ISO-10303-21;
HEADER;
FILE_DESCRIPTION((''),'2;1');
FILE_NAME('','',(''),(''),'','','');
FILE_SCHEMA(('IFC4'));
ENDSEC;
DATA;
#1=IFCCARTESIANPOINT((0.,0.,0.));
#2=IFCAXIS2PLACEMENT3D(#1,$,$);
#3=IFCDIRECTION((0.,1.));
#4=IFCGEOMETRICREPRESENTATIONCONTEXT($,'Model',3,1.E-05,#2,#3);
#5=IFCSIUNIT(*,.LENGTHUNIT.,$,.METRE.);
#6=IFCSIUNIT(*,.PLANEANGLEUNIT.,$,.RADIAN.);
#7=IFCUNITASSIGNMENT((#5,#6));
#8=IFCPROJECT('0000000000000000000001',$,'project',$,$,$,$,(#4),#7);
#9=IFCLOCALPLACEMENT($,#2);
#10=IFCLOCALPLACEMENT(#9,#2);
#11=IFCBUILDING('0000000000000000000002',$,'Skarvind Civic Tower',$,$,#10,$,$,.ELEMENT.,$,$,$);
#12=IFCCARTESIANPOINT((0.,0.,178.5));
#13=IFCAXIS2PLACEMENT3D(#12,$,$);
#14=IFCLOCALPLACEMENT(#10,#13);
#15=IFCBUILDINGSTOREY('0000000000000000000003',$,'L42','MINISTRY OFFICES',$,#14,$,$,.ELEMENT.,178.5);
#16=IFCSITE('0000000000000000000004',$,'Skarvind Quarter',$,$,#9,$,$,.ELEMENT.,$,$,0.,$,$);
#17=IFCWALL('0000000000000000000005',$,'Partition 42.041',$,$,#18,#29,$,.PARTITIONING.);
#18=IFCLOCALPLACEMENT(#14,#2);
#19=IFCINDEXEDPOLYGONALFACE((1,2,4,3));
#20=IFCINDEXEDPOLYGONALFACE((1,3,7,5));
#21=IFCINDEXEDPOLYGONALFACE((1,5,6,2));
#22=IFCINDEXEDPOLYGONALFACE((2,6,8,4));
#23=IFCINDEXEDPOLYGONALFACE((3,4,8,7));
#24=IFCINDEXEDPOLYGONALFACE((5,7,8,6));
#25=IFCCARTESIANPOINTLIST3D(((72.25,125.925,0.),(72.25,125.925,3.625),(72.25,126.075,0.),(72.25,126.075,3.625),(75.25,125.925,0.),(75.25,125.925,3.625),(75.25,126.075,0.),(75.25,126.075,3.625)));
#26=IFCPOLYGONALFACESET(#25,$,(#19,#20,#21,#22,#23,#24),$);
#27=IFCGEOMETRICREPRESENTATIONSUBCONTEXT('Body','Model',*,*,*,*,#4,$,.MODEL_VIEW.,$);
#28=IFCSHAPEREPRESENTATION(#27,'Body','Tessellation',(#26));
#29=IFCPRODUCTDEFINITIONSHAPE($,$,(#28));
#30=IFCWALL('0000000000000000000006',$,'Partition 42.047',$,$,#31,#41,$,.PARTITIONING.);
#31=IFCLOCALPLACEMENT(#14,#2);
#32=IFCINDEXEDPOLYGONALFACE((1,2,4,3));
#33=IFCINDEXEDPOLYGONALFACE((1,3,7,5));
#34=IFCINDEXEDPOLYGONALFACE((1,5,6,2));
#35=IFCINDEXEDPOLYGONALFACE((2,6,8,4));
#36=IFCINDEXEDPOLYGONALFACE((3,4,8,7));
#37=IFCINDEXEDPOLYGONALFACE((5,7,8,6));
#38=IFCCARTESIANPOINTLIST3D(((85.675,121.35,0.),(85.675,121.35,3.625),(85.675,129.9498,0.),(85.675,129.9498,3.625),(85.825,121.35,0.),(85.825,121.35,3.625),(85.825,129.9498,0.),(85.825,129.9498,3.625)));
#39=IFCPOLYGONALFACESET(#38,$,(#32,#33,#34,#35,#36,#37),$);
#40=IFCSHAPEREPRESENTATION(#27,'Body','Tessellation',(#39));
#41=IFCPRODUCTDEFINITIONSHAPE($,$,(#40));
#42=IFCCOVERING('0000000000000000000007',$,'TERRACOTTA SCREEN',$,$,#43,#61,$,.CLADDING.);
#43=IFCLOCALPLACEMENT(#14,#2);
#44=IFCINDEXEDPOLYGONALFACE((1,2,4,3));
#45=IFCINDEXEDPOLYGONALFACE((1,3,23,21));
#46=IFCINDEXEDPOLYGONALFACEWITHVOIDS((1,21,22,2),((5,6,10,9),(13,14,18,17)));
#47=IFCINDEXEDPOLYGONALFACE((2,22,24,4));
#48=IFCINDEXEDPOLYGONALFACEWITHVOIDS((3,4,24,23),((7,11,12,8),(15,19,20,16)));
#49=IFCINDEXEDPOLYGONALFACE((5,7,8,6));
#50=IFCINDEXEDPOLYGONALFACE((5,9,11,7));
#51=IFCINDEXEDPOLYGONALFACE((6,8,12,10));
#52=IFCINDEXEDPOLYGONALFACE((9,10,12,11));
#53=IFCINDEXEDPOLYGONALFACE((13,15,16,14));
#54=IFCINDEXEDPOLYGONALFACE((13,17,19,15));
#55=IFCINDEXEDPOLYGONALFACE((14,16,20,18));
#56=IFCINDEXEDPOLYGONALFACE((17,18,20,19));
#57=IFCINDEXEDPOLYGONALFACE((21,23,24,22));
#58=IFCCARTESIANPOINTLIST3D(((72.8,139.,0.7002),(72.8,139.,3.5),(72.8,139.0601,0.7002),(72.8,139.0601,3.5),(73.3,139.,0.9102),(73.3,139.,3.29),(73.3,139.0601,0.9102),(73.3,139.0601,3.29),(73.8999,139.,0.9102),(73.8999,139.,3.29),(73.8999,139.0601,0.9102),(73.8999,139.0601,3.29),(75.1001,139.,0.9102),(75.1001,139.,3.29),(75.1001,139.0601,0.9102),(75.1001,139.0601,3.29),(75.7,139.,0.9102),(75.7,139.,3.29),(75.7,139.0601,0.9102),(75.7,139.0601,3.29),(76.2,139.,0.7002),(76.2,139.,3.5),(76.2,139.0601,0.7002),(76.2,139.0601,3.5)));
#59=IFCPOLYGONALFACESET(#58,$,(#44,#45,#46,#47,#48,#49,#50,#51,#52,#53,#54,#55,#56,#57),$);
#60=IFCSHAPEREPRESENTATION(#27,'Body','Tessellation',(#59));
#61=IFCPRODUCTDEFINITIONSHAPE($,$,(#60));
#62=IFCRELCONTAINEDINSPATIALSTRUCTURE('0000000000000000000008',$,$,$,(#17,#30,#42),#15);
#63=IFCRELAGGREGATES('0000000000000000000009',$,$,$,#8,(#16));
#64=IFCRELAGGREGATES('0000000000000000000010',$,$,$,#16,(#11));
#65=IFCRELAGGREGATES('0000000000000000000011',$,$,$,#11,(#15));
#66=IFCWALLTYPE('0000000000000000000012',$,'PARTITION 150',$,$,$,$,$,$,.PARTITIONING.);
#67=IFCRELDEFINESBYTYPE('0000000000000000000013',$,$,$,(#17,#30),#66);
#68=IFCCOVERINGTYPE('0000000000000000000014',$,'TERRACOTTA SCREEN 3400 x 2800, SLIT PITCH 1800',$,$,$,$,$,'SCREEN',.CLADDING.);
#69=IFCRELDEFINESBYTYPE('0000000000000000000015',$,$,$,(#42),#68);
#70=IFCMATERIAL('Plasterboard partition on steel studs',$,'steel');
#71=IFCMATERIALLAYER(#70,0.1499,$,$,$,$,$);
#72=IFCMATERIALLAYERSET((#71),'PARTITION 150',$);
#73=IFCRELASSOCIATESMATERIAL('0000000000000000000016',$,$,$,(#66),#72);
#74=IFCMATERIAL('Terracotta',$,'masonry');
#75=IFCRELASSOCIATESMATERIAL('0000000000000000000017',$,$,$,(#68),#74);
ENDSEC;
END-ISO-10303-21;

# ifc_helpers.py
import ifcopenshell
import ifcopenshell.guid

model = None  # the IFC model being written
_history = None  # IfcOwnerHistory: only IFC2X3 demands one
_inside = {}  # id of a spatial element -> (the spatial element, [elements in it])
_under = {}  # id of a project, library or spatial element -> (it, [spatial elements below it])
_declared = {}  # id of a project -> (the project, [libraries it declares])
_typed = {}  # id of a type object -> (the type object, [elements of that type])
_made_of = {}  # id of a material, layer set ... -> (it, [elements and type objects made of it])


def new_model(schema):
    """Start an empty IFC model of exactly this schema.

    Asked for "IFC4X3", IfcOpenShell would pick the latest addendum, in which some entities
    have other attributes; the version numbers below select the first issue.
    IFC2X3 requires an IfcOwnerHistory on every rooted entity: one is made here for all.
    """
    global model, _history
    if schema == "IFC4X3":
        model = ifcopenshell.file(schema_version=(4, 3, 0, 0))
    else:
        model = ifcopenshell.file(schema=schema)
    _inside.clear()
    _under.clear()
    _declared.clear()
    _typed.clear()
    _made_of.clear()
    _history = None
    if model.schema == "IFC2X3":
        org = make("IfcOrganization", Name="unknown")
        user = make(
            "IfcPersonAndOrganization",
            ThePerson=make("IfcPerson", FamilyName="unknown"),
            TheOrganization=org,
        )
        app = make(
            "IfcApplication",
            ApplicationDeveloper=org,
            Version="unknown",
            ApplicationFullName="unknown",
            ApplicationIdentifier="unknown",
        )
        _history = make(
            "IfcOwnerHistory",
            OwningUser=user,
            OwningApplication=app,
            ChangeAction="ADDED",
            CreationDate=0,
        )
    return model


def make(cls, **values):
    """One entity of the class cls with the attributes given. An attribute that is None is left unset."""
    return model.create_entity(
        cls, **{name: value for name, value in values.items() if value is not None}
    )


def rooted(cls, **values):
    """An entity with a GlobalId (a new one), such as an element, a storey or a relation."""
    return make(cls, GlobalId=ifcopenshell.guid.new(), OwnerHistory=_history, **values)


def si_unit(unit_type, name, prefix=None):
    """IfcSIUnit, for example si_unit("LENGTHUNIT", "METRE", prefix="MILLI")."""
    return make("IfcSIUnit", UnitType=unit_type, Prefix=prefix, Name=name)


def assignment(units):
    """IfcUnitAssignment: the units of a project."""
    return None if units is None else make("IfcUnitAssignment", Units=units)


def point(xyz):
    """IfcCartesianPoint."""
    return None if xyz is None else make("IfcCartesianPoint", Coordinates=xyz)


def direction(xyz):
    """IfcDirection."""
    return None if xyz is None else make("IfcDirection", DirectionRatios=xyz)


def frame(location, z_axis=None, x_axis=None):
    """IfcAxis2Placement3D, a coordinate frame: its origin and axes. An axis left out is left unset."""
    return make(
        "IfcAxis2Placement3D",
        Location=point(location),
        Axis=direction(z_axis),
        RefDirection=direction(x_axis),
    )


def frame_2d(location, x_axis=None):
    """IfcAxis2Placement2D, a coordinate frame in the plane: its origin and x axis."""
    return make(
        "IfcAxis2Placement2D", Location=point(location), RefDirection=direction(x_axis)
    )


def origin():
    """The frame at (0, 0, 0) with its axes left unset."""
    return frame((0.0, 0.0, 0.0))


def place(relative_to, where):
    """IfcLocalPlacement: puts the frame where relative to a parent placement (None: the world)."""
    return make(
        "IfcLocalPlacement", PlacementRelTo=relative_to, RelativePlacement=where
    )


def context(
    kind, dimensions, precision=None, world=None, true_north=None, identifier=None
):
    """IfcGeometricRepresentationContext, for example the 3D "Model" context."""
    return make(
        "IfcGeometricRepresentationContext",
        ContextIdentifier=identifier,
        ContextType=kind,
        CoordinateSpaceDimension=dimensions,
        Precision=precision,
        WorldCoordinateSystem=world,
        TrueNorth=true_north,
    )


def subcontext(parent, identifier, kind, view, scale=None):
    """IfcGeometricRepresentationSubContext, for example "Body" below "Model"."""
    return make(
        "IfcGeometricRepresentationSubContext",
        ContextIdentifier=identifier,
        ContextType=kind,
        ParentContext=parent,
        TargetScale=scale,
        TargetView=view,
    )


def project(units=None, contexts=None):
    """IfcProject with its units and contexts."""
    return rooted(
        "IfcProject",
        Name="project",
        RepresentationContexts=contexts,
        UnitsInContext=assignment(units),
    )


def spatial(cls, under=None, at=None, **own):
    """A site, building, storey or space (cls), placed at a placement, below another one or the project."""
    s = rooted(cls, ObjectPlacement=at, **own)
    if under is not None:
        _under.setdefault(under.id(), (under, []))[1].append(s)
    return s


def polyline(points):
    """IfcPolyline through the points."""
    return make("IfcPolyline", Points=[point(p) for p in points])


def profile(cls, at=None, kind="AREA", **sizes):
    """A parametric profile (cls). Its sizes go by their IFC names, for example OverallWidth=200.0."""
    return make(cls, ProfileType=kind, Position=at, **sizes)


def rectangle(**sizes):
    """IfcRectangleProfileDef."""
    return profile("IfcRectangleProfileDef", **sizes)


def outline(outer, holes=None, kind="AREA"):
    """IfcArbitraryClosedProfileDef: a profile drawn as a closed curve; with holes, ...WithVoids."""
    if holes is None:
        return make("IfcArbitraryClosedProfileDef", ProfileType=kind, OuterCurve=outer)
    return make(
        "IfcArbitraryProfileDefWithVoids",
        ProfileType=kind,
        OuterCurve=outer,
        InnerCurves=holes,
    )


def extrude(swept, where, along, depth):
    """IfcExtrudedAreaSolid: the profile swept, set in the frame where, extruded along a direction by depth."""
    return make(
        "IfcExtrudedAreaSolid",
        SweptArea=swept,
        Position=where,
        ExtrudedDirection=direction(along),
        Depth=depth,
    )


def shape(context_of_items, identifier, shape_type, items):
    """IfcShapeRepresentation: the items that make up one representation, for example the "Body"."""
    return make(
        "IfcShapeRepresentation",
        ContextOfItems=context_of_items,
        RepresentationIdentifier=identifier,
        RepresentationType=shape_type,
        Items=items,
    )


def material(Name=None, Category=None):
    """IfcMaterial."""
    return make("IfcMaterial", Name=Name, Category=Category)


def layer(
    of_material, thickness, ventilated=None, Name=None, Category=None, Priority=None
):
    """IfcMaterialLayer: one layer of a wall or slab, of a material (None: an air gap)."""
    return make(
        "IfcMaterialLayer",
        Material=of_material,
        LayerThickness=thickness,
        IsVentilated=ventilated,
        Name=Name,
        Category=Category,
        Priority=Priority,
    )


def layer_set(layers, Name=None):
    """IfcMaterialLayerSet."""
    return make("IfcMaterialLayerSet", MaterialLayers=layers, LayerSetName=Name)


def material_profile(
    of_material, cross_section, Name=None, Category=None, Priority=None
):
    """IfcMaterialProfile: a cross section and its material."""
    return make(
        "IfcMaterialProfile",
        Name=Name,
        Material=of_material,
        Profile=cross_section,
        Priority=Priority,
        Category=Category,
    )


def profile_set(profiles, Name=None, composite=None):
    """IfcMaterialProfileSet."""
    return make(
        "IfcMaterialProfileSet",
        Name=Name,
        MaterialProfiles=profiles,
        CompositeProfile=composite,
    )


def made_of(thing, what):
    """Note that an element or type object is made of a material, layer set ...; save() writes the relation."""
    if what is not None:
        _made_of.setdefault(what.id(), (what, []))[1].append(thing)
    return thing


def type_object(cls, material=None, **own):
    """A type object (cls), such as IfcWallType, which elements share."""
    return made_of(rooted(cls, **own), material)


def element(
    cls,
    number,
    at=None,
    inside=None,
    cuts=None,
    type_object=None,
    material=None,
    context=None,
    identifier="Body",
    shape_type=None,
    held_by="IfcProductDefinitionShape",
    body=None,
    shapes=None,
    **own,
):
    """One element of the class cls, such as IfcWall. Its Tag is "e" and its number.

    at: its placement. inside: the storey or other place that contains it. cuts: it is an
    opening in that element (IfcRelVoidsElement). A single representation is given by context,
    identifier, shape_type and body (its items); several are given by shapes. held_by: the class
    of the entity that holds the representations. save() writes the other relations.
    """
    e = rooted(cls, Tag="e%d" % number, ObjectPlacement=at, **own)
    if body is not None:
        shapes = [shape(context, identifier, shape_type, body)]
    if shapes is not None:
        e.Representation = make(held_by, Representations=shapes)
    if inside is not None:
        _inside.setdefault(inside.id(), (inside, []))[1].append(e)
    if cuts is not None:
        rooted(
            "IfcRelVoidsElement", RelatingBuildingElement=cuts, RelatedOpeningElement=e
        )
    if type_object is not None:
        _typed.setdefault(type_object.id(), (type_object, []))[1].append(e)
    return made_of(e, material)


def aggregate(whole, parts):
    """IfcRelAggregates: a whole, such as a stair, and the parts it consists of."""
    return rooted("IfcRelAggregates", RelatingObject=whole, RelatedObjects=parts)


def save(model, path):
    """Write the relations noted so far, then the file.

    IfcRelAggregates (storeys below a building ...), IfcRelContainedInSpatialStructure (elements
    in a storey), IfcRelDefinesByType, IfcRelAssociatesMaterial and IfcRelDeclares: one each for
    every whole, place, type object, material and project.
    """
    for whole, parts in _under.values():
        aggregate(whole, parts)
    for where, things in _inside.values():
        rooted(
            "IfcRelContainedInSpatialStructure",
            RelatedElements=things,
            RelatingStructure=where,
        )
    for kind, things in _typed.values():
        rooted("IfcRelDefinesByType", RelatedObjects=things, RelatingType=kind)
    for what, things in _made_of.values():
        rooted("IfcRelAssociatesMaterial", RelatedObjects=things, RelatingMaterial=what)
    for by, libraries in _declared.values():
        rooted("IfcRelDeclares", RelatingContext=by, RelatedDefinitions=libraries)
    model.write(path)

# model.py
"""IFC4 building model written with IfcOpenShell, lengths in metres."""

from ifc_helpers import new_model, si_unit, direction, frame, frame_2d, origin, place, context, subcontext, project, spatial, polyline, rectangle, outline, extrude, material, layer, layer_set, material_profile, profile_set, type_object, element, save


model = new_model("IFC4")

# Units and contexts
model_context = context("Model", 3, precision=1e-05, world=origin(), true_north=direction((0.0, 1.0)))
body_context = subcontext(model_context, "Body", "Model", "MODEL_VIEW")
ifc_project = project(units=[si_unit("LENGTHUNIT", "METRE"), si_unit("PLANEANGLEUNIT", "RADIAN")], contexts=[model_context])

# Site, building, storey
site_placement = place(None, origin())
site = spatial("IfcSite", under=ifc_project, at=site_placement, Name="Skarvind Quarter", CompositionType="ELEMENT", RefElevation=0.0)
building_placement = place(site_placement, origin())
building = spatial("IfcBuilding", under=site, at=building_placement, Name="Skarvind Civic Tower", CompositionType="ELEMENT")
storey_placement = place(building_placement, frame((0.0, 0.0, 178.5)))
storey = spatial("IfcBuildingStorey", under=building, at=storey_placement, Name="L42", Description="MINISTRY OFFICES", CompositionType="ELEMENT", Elevation=178.5)

# Walls
ifc_material_1 = material(Name="Plasterboard partition on steel studs", Category="steel")
ifc_layer_1 = layer(ifc_material_1, 0.1499)
ifc_layer_set_1 = layer_set([ifc_layer_1], Name="PARTITION 150")
wall_type_1 = type_object("IfcWallType", Name="PARTITION 150", PredefinedType="PARTITIONING", material=ifc_layer_set_1)
wall_1_placement = place(storey_placement, frame((75.25, 126.0, 0.0), z_axis=(0.0, 0.0, 1.0), x_axis=(-1.0, 0.0, 0.0)))
element("IfcWall", 1, at=wall_1_placement, inside=storey, type_object=wall_type_1, Name="Partition 42.041", PredefinedType="PARTITIONING", context=body_context, shape_type="SweptSolid", body=[
    extrude(rectangle(XDim=3.0, YDim=0.1499, at=frame_2d((1.5, 0.0))), origin(), (0.0, 0.0, 1.0), 3.625),
])
wall_2_placement = place(storey_placement, frame((85.75, 121.3501, 0.0), z_axis=(0.0, 0.0, 1.0), x_axis=(0.0, 1.0, 0.0)))
element("IfcWall", 2, at=wall_2_placement, inside=storey, type_object=wall_type_1, Name="Partition 42.047", PredefinedType="PARTITIONING", context=body_context, shape_type="SweptSolid", body=[
    extrude(rectangle(XDim=8.5999, YDim=0.1499, at=frame_2d((4.2998, 0.0))), origin(), (0.0, 0.0, 1.0), 3.625),
])

# Covering
ifc_material_2 = material(Name="Terracotta", Category="masonry")
ifc_material_profile_1 = material_profile(ifc_material_2, outline(polyline([(-1.7, -1.3999), (1.7, -1.3999), (1.7, 1.3999), (-1.7, 1.3999), (-1.7, -1.3999)]), holes=[polyline([(-1.2, -1.1899), (-0.6001, -1.1899), (-0.6001, 1.1899), (-1.2, 1.1899), (-1.2, -1.1899)]), polyline([(0.6001, -1.1899), (1.2, -1.1899), (1.2, 1.1899), (0.6001, 1.1899), (0.6001, -1.1899)])]), Name="TERRACOTTA SCREEN 3400 x 2800, SLIT PITCH 1800")
ifc_profile_set_1 = profile_set([ifc_material_profile_1], Name="Terracotta")
covering_type = type_object("IfcCoveringType", Name="TERRACOTTA SCREEN 3400 x 2800, SLIT PITCH 1800", ElementType="SCREEN", PredefinedType="CLADDING", material=ifc_profile_set_1)
covering_placement = place(storey_placement, frame((74.5, 139.0, 2.1001), z_axis=(0.0, 1.0, 0.0), x_axis=(-1.0, 0.0, 0.0)))
element("IfcCovering", 3, at=covering_placement, inside=storey, type_object=covering_type, Name="TERRACOTTA SCREEN", PredefinedType="CLADDING", context=body_context, shape_type="SweptSolid", body=[
    extrude(outline(polyline([(-1.7, -1.3999), (1.7, -1.3999), (1.7, 1.3999), (-1.7, 1.3999), (-1.7, -1.3999)]), holes=[polyline([(-1.2, -1.1899), (-0.6001, -1.1899), (-0.6001, 1.1899), (-1.2, 1.1899), (-1.2, -1.1899)]), polyline([(0.6001, -1.1899), (1.2, -1.1899), (1.2, 1.1899), (0.6001, 1.1899), (0.6001, -1.1899)])]), origin(), (0.0, 0.0, 1.0), 0.0601),
])

save(model, "model.ifc")
